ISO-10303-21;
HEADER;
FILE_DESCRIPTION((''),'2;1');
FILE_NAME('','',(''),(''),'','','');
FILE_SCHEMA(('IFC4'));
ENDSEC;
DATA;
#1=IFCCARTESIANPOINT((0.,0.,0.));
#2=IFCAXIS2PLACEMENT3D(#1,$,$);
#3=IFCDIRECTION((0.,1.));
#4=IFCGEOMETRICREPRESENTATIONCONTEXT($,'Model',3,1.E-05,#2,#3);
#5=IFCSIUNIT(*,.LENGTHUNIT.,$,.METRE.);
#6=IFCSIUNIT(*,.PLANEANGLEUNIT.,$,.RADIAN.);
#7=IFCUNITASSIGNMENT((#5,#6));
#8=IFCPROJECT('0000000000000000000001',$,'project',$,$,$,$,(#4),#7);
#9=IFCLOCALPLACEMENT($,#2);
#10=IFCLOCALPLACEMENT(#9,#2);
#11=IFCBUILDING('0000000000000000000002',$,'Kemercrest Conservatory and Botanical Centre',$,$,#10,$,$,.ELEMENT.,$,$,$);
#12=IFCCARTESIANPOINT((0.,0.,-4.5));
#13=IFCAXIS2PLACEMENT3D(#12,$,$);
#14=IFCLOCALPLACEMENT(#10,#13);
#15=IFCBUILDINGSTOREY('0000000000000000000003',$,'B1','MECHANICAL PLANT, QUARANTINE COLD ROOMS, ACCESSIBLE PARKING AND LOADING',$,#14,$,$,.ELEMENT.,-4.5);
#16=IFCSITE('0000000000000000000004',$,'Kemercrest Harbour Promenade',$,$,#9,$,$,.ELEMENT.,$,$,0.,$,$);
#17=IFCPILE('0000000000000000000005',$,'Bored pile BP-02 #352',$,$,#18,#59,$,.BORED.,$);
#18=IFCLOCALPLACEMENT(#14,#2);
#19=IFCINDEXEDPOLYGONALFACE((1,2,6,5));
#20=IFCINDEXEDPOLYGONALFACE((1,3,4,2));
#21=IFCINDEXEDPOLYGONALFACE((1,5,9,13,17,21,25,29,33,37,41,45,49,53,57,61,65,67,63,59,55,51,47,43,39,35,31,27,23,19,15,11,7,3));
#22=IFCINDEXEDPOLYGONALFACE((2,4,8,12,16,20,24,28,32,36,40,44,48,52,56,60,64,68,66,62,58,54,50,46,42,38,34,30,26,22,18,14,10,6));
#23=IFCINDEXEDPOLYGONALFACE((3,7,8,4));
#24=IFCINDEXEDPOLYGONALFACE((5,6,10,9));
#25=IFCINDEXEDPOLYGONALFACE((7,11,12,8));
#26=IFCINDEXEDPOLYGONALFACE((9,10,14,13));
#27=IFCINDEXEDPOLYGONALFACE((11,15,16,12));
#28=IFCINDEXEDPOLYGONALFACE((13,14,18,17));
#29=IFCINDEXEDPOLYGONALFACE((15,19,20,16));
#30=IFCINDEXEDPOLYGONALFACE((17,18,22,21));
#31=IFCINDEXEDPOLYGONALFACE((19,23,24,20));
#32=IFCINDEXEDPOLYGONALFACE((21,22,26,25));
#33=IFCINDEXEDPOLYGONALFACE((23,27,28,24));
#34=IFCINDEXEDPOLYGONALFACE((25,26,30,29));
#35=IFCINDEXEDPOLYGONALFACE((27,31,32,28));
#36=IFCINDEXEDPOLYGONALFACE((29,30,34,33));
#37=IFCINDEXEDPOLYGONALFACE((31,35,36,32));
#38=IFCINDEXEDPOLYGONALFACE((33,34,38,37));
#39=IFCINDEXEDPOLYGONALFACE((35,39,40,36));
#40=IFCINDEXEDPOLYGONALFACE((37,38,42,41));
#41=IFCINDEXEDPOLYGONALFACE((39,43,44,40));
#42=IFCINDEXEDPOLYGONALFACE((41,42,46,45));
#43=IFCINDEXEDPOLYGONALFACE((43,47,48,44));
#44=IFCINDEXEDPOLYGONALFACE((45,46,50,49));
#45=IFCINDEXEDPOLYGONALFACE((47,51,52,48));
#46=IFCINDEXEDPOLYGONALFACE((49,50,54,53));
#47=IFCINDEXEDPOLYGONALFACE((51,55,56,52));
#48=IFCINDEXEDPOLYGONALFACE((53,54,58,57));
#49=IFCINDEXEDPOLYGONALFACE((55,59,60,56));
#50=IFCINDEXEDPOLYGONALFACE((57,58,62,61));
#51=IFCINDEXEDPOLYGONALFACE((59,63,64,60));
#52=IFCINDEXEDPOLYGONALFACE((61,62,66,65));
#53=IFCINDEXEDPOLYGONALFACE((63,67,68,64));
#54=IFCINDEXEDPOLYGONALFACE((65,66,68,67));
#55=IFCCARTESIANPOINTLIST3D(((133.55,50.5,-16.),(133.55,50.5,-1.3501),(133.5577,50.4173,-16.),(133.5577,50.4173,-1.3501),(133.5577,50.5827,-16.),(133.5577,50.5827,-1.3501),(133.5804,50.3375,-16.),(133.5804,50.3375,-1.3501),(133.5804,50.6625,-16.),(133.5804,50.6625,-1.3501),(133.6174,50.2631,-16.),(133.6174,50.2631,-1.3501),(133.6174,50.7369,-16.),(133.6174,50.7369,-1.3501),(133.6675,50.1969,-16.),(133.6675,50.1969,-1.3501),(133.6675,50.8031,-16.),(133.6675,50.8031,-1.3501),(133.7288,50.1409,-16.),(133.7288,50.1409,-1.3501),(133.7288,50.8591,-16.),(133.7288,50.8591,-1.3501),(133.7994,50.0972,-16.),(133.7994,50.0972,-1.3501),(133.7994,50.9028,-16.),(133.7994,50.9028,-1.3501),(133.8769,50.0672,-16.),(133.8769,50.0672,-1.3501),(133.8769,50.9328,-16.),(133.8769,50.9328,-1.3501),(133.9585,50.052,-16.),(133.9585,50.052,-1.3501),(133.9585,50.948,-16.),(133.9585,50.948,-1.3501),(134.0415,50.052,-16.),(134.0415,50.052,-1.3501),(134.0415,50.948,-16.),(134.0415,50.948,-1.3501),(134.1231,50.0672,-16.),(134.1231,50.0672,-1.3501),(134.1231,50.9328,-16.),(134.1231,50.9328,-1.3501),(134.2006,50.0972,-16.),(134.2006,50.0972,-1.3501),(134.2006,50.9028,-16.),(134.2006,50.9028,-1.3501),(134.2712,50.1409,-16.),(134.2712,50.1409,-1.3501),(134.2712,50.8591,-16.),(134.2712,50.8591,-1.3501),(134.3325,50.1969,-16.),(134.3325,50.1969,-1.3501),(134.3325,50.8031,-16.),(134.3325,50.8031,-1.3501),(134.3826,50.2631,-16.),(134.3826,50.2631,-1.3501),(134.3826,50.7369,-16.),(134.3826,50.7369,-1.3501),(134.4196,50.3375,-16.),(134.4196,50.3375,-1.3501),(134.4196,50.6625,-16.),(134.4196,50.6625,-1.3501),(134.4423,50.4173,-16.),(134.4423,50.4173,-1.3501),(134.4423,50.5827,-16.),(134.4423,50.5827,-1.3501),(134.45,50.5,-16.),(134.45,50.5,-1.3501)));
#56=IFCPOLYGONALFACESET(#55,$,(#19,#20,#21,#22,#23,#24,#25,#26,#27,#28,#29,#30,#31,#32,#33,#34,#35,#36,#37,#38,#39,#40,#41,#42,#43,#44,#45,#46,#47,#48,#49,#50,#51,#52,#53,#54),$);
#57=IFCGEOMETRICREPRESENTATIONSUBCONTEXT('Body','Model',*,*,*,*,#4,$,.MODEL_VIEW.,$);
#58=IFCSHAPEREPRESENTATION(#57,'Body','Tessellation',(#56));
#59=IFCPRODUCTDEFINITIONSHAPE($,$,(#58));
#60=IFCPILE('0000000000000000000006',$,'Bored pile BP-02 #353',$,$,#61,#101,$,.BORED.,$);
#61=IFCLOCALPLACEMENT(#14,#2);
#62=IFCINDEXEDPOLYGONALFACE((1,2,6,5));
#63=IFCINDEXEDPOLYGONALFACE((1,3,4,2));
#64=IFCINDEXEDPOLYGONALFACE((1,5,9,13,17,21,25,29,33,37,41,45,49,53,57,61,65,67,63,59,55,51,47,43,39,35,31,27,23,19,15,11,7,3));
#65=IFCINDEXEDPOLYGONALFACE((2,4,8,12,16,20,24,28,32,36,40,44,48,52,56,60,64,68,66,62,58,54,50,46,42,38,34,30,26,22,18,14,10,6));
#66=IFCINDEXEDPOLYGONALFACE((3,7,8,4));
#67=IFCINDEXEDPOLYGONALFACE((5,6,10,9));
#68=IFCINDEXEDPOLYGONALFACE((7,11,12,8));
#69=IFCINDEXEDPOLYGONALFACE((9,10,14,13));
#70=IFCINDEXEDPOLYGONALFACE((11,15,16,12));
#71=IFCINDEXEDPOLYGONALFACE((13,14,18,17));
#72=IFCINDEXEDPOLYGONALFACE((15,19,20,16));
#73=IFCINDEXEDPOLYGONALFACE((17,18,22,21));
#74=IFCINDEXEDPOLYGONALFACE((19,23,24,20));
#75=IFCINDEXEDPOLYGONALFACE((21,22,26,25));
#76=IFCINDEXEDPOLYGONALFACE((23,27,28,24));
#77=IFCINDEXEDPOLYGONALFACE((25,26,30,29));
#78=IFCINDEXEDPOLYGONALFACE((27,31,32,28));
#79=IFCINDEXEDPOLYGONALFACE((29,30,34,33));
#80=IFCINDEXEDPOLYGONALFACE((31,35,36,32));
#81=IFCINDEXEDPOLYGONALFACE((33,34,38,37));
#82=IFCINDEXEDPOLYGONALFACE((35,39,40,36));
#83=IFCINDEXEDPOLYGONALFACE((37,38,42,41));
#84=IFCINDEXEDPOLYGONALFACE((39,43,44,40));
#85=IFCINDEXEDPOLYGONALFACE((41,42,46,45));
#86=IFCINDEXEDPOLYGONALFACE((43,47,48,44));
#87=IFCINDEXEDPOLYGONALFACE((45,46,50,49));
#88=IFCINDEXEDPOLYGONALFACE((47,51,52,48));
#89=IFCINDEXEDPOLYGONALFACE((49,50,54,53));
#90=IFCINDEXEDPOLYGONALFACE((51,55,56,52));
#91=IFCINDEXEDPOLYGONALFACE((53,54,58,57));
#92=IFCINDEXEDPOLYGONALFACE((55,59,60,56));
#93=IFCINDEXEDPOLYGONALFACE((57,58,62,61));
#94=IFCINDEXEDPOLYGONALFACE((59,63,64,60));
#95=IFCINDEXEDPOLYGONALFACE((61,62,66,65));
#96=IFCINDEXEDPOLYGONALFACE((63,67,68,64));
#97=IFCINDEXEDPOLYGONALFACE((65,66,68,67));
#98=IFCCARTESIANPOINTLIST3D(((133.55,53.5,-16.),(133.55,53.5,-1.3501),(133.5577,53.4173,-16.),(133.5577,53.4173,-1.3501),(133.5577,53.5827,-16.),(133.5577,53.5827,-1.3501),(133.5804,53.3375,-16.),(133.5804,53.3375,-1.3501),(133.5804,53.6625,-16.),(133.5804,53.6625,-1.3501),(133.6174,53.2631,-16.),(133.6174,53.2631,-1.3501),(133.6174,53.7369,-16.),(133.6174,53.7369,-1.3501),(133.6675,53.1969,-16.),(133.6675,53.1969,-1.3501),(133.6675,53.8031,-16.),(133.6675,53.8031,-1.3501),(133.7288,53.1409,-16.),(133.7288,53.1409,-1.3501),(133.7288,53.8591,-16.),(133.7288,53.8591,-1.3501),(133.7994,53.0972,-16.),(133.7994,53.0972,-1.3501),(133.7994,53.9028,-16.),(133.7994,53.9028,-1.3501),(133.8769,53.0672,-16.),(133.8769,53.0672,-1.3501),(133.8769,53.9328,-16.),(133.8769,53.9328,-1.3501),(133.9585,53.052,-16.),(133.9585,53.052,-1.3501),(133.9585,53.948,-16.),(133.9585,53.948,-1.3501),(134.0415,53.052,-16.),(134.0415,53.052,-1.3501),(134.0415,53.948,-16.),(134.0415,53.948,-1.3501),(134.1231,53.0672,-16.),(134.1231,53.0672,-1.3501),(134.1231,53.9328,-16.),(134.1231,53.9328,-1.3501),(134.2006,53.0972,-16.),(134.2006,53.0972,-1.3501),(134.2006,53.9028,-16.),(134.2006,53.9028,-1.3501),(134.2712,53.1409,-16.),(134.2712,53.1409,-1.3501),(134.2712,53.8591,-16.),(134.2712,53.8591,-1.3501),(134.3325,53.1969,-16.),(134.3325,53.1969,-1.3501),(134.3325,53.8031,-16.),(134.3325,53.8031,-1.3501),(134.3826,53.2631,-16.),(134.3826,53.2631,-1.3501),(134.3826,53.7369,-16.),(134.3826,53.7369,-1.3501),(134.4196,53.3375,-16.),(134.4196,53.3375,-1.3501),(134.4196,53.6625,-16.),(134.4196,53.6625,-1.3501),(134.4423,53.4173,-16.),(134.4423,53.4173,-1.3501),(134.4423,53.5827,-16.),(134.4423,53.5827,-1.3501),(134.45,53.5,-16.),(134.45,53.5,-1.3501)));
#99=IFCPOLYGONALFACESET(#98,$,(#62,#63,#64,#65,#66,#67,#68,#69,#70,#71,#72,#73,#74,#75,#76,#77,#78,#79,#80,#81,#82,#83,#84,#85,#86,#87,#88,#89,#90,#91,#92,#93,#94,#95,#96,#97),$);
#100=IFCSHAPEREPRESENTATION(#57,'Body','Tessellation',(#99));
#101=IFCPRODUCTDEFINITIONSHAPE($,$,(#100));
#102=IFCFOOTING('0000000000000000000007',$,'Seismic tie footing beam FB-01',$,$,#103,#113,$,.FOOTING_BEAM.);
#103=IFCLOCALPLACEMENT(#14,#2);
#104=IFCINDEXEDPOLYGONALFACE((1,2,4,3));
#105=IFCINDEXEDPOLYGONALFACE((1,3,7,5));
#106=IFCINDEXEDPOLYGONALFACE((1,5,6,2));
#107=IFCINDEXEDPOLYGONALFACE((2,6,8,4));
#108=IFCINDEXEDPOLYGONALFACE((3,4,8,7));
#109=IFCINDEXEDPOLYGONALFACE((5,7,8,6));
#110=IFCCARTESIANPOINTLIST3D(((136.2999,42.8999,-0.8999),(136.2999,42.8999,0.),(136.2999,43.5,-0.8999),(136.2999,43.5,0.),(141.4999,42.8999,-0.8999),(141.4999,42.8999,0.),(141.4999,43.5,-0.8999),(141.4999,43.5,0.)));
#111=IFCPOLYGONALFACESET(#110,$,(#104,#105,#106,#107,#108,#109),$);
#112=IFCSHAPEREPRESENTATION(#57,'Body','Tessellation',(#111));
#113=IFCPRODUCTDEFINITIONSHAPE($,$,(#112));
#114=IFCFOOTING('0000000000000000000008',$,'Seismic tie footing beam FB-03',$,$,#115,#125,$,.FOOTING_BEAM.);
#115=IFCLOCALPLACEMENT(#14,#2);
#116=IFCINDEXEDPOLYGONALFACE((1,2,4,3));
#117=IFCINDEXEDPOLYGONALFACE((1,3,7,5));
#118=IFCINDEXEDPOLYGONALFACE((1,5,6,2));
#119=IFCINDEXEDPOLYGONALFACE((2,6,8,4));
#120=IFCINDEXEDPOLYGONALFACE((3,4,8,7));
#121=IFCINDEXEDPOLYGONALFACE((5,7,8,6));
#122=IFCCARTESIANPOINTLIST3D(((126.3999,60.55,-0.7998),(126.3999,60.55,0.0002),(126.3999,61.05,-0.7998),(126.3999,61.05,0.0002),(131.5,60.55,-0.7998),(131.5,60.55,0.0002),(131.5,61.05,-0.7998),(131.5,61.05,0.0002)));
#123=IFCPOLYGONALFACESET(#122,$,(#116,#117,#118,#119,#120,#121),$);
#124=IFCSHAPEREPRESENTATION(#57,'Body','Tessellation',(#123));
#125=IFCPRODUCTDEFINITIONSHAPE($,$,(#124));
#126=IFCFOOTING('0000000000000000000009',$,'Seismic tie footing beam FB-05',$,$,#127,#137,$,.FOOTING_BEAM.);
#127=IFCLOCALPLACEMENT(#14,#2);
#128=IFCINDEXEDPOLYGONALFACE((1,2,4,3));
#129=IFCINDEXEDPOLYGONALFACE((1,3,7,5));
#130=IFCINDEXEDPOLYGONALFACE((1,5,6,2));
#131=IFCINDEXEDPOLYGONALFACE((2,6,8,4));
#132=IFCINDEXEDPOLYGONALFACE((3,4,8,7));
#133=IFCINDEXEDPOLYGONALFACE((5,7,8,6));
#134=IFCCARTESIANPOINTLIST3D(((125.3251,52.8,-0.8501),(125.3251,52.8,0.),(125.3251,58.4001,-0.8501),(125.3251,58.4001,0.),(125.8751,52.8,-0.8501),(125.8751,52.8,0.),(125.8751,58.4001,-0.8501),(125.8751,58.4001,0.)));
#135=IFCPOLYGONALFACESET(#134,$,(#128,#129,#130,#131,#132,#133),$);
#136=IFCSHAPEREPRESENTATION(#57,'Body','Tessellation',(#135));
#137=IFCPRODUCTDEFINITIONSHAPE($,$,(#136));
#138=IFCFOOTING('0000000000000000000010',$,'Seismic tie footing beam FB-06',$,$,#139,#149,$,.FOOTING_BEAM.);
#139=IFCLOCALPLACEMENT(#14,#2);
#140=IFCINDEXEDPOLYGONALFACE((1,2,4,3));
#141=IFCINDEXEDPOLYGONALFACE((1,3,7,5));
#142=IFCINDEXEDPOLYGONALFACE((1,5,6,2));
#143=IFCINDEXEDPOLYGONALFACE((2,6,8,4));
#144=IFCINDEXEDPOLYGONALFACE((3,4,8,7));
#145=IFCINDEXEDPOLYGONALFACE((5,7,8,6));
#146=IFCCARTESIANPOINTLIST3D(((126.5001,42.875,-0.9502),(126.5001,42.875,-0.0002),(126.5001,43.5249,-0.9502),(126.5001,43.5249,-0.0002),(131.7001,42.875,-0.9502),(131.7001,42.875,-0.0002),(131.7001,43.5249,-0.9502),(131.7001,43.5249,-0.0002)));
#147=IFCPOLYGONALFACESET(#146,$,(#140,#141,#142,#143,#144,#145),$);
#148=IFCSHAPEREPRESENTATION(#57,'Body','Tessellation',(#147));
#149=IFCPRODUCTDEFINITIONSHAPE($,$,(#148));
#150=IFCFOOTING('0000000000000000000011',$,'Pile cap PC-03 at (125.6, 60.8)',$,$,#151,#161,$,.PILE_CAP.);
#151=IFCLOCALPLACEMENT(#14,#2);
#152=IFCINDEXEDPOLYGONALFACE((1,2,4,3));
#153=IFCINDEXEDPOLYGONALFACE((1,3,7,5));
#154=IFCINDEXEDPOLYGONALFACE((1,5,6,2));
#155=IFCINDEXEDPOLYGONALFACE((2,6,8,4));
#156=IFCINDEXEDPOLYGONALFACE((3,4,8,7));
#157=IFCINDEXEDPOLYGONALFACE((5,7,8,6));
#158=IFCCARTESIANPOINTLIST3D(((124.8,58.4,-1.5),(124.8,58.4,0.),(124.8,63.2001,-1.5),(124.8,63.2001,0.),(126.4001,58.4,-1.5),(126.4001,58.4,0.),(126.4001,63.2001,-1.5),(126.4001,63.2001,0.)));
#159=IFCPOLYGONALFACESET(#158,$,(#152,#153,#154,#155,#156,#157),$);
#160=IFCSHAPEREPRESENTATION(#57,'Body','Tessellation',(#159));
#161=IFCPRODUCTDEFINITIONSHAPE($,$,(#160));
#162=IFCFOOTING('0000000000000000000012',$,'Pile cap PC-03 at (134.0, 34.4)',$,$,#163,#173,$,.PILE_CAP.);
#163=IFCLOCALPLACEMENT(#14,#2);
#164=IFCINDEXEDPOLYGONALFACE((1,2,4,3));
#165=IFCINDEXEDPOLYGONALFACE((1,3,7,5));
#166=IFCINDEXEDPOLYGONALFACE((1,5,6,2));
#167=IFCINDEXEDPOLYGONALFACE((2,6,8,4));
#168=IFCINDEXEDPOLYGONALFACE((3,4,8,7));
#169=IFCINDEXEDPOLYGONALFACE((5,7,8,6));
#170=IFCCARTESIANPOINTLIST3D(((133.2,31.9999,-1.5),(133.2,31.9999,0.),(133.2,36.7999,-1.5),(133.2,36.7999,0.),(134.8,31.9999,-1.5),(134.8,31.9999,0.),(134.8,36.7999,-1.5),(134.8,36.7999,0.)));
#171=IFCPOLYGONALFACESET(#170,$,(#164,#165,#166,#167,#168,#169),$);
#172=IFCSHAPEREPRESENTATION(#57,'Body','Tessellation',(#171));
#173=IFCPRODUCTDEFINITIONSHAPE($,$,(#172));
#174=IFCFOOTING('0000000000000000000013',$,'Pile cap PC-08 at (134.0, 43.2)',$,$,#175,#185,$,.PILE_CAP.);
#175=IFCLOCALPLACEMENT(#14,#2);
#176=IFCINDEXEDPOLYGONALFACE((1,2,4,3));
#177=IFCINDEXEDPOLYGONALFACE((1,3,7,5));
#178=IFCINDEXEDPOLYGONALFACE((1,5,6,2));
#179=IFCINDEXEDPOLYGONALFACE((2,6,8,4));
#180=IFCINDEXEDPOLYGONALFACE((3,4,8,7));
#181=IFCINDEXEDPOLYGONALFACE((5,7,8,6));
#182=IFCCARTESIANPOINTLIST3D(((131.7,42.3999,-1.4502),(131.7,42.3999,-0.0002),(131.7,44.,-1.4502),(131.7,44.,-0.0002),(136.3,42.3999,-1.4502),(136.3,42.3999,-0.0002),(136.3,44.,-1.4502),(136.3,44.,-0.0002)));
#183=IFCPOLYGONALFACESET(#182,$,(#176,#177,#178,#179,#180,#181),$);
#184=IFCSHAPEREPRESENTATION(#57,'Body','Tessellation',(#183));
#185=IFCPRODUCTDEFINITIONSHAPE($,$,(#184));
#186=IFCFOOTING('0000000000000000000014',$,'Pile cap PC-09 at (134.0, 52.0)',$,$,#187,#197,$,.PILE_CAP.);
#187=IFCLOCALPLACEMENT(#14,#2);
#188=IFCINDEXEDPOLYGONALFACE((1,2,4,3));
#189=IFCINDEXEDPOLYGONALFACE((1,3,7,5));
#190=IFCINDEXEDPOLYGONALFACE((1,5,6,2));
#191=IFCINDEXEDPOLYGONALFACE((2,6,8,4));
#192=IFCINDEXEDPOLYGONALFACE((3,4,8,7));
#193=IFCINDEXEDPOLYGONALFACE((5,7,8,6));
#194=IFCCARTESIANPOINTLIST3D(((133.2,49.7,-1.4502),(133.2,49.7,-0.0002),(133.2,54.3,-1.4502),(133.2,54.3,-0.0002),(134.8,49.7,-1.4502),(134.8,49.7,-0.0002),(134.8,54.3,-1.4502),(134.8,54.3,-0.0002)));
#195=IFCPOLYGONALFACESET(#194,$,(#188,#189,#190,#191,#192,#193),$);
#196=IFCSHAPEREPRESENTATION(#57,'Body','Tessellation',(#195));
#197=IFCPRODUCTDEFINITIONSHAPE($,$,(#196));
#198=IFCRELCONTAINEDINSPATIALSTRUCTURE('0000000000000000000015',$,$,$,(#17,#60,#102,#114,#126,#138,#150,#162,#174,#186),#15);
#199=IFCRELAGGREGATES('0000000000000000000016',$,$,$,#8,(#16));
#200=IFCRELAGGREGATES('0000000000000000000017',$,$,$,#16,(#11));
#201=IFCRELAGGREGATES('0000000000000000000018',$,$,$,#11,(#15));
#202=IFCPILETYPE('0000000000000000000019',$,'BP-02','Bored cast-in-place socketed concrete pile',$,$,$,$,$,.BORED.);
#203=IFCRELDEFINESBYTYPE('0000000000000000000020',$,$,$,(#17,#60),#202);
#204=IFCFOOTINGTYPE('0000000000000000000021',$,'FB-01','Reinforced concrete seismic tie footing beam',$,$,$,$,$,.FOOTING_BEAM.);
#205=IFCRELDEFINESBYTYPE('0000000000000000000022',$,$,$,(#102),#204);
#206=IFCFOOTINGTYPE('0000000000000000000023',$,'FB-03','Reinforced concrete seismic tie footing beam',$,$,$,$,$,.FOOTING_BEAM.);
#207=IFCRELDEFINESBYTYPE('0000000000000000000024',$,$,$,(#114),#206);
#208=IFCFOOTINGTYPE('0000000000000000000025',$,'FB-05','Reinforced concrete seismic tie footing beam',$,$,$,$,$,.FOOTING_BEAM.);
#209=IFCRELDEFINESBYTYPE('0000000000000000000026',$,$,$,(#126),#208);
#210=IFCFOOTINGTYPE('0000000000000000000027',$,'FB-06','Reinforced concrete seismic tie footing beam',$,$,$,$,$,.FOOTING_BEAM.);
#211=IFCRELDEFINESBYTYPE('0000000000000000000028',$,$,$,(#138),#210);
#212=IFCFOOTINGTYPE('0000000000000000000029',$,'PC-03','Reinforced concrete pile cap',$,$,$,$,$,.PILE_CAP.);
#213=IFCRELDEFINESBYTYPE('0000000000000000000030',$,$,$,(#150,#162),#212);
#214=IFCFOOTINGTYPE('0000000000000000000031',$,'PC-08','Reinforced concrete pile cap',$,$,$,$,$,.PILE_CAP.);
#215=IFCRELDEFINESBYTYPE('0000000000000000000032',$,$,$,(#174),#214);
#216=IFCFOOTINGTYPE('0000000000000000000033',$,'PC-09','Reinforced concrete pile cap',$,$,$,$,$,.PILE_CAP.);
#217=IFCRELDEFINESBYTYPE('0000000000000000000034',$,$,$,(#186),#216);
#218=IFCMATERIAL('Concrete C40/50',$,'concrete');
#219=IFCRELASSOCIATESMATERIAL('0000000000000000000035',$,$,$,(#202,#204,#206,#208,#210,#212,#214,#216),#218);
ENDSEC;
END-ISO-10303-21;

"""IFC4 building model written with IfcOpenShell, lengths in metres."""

from ifc_helpers import new_model, si_unit, direction, frame, origin, origin_2d, place, context, subcontext, project, spatial, rectangle, circle, extrude, material, material_profile, profile_set, type_object, element, save


model = new_model("IFC4")

# Units and contexts
model_context = context("Model", 3, precision=1e-05, world=origin(), true_north=direction((0.0, 1.0)))
body_context = subcontext(model_context, "Body", "Model", "MODEL_VIEW")
ifc_project = project(units=[si_unit("LENGTHUNIT", "METRE"), si_unit("PLANEANGLEUNIT", "RADIAN")], contexts=[model_context])

# Site, building, storey
site_placement = place(None, origin())
site = spatial("IfcSite", under=ifc_project, at=site_placement, Name="Kemercrest Harbour Promenade", CompositionType="ELEMENT", RefElevation=0.0)
building_placement = place(site_placement, origin())
building = spatial("IfcBuilding", under=site, at=building_placement, Name="Kemercrest Conservatory and Botanical Centre", CompositionType="ELEMENT")
storey_placement = place(building_placement, frame((0.0, 0.0, -4.5)))
storey = spatial("IfcBuildingStorey", under=building, at=storey_placement, Name="B1", Description="MECHANICAL PLANT, QUARANTINE COLD ROOMS, ACCESSIBLE PARKING AND LOADING", CompositionType="ELEMENT", Elevation=-4.5)

# Piles
ifc_material_1 = material(Name="Concrete C40/50", Category="concrete")
ifc_material_profile_1 = material_profile(ifc_material_1, circle(Radius=0.45, at=origin_2d()), Name="BORED PILE 900")
ifc_profile_set_1 = profile_set([ifc_material_profile_1], Name="Concrete C40/50")
pile_type_1 = type_object("IfcPileType", Name="BP-02", Description="Bored cast-in-place socketed concrete pile", PredefinedType="BORED", material=ifc_profile_set_1)
for number, where, z_axis, x_axis, name in (
    (1, (134.0, 50.5, -1.3501), (0.0, 0.0, -1.0), (1.0, 0.0, 0.0), "Bored pile BP-02 #352"),
    (2, (134.0, 53.5, -1.3501), (0.0, 0.0, -1.0), (1.0, 0.0, 0.0), "Bored pile BP-02 #353"),
):
    element("IfcPile", number, at=place(storey_placement, frame(where, z_axis=z_axis, x_axis=x_axis)), inside=storey, type_object=pile_type_1, Name=name, PredefinedType="BORED", context=body_context, shape_type="SweptSolid", body=[
        extrude(circle(Radius=0.45, at=origin_2d()), origin(), (0.0, 0.0, 1.0), 14.6499),
    ])

# Footings
footing_type_1 = type_object("IfcFootingType", Name="FB-01", Description="Reinforced concrete seismic tie footing beam", PredefinedType="FOOTING_BEAM", material=ifc_material_1)
footing_1_placement = place(storey_placement, frame((138.8999, 43.2, -0.8999), z_axis=(0.0, 0.0, 1.0), x_axis=(1.0, 0.0, 0.0)))
element("IfcFooting", 3, at=footing_1_placement, inside=storey, type_object=footing_type_1, Name="Seismic tie footing beam FB-01", PredefinedType="FOOTING_BEAM", context=body_context, shape_type="SweptSolid", body=[
    extrude(rectangle(XDim=5.2, YDim=0.6001, at=origin_2d()), origin(), (0.0, 0.0, 1.0), 0.8999),
])
footing_type_2 = type_object("IfcFootingType", Name="FB-03", Description="Reinforced concrete seismic tie footing beam", PredefinedType="FOOTING_BEAM", material=ifc_material_1)
footing_2_placement = place(storey_placement, frame((128.95, 60.8, -0.7998), z_axis=(0.0, 0.0, 1.0), x_axis=(1.0, 0.0, 0.0)))
element("IfcFooting", 4, at=footing_2_placement, inside=storey, type_object=footing_type_2, Name="Seismic tie footing beam FB-03", PredefinedType="FOOTING_BEAM", context=body_context, shape_type="SweptSolid", body=[
    extrude(rectangle(XDim=5.1001, YDim=0.5, at=origin_2d()), origin(), (0.0, 0.0, 1.0), 0.8),
])
footing_type_3 = type_object("IfcFootingType", Name="FB-05", Description="Reinforced concrete seismic tie footing beam", PredefinedType="FOOTING_BEAM", material=ifc_material_1)
footing_3_placement = place(storey_placement, frame((125.6001, 55.6001, -0.8501), z_axis=(0.0, 0.0, 1.0), x_axis=(1.0, 0.0, 0.0)))
element("IfcFooting", 5, at=footing_3_placement, inside=storey, type_object=footing_type_3, Name="Seismic tie footing beam FB-05", PredefinedType="FOOTING_BEAM", context=body_context, shape_type="SweptSolid", body=[
    extrude(rectangle(XDim=0.55, YDim=5.6001, at=origin_2d()), origin(), (0.0, 0.0, 1.0), 0.8501),
])
footing_type_4 = type_object("IfcFootingType", Name="FB-06", Description="Reinforced concrete seismic tie footing beam", PredefinedType="FOOTING_BEAM", material=ifc_material_1)
footing_4_placement = place(storey_placement, frame((129.1001, 43.2, -0.9502), z_axis=(0.0, 0.0, 1.0), x_axis=(1.0, 0.0, 0.0)))
element("IfcFooting", 6, at=footing_4_placement, inside=storey, type_object=footing_type_4, Name="Seismic tie footing beam FB-06", PredefinedType="FOOTING_BEAM", context=body_context, shape_type="SweptSolid", body=[
    extrude(rectangle(XDim=5.2, YDim=0.6499, at=origin_2d()), origin(), (0.0, 0.0, 1.0), 0.95),
])
footing_type_5 = type_object("IfcFootingType", Name="PC-03", Description="Reinforced concrete pile cap", PredefinedType="PILE_CAP", material=ifc_material_1)
for number, where, z_axis, x_axis, name in (
    (7, (125.6001, 60.8, -1.5), (0.0, 0.0, 1.0), (1.0, 0.0, 0.0), "Pile cap PC-03 at (125.6, 60.8)"),
    (8, (134.0, 34.3999, -1.5), (0.0, 0.0, 1.0), (1.0, 0.0, 0.0), "Pile cap PC-03 at (134.0, 34.4)"),
):
    element("IfcFooting", number, at=place(storey_placement, frame(where, z_axis=z_axis, x_axis=x_axis)), inside=storey, type_object=footing_type_5, Name=name, PredefinedType="PILE_CAP", context=body_context, shape_type="SweptSolid", body=[
        extrude(rectangle(XDim=1.6001, YDim=4.8, at=origin_2d()), origin(), (0.0, 0.0, 1.0), 1.5),
    ])
footing_type_6 = type_object("IfcFootingType", Name="PC-08", Description="Reinforced concrete pile cap", PredefinedType="PILE_CAP", material=ifc_material_1)
footing_5_placement = place(storey_placement, frame((134.0, 43.2, -1.4502), z_axis=(0.0, 0.0, 1.0), x_axis=(1.0, 0.0, 0.0)))
element("IfcFooting", 9, at=footing_5_placement, inside=storey, type_object=footing_type_6, Name="Pile cap PC-08 at (134.0, 43.2)", PredefinedType="PILE_CAP", context=body_context, shape_type="SweptSolid", body=[
    extrude(rectangle(XDim=4.6001, YDim=1.6001, at=origin_2d()), origin(), (0.0, 0.0, 1.0), 1.45),
])
footing_type_7 = type_object("IfcFootingType", Name="PC-09", Description="Reinforced concrete pile cap", PredefinedType="PILE_CAP", material=ifc_material_1)
footing_6_placement = place(storey_placement, frame((134.0, 52.0, -1.4502), z_axis=(0.0, 0.0, 1.0), x_axis=(1.0, 0.0, 0.0)))
element("IfcFooting", 10, at=footing_6_placement, inside=storey, type_object=footing_type_7, Name="Pile cap PC-09 at (134.0, 52.0)", PredefinedType="PILE_CAP", context=body_context, shape_type="SweptSolid", body=[
    extrude(rectangle(XDim=1.6001, YDim=4.6001, at=origin_2d()), origin(), (0.0, 0.0, 1.0), 1.45),
])

save(model, "model.ifc")
